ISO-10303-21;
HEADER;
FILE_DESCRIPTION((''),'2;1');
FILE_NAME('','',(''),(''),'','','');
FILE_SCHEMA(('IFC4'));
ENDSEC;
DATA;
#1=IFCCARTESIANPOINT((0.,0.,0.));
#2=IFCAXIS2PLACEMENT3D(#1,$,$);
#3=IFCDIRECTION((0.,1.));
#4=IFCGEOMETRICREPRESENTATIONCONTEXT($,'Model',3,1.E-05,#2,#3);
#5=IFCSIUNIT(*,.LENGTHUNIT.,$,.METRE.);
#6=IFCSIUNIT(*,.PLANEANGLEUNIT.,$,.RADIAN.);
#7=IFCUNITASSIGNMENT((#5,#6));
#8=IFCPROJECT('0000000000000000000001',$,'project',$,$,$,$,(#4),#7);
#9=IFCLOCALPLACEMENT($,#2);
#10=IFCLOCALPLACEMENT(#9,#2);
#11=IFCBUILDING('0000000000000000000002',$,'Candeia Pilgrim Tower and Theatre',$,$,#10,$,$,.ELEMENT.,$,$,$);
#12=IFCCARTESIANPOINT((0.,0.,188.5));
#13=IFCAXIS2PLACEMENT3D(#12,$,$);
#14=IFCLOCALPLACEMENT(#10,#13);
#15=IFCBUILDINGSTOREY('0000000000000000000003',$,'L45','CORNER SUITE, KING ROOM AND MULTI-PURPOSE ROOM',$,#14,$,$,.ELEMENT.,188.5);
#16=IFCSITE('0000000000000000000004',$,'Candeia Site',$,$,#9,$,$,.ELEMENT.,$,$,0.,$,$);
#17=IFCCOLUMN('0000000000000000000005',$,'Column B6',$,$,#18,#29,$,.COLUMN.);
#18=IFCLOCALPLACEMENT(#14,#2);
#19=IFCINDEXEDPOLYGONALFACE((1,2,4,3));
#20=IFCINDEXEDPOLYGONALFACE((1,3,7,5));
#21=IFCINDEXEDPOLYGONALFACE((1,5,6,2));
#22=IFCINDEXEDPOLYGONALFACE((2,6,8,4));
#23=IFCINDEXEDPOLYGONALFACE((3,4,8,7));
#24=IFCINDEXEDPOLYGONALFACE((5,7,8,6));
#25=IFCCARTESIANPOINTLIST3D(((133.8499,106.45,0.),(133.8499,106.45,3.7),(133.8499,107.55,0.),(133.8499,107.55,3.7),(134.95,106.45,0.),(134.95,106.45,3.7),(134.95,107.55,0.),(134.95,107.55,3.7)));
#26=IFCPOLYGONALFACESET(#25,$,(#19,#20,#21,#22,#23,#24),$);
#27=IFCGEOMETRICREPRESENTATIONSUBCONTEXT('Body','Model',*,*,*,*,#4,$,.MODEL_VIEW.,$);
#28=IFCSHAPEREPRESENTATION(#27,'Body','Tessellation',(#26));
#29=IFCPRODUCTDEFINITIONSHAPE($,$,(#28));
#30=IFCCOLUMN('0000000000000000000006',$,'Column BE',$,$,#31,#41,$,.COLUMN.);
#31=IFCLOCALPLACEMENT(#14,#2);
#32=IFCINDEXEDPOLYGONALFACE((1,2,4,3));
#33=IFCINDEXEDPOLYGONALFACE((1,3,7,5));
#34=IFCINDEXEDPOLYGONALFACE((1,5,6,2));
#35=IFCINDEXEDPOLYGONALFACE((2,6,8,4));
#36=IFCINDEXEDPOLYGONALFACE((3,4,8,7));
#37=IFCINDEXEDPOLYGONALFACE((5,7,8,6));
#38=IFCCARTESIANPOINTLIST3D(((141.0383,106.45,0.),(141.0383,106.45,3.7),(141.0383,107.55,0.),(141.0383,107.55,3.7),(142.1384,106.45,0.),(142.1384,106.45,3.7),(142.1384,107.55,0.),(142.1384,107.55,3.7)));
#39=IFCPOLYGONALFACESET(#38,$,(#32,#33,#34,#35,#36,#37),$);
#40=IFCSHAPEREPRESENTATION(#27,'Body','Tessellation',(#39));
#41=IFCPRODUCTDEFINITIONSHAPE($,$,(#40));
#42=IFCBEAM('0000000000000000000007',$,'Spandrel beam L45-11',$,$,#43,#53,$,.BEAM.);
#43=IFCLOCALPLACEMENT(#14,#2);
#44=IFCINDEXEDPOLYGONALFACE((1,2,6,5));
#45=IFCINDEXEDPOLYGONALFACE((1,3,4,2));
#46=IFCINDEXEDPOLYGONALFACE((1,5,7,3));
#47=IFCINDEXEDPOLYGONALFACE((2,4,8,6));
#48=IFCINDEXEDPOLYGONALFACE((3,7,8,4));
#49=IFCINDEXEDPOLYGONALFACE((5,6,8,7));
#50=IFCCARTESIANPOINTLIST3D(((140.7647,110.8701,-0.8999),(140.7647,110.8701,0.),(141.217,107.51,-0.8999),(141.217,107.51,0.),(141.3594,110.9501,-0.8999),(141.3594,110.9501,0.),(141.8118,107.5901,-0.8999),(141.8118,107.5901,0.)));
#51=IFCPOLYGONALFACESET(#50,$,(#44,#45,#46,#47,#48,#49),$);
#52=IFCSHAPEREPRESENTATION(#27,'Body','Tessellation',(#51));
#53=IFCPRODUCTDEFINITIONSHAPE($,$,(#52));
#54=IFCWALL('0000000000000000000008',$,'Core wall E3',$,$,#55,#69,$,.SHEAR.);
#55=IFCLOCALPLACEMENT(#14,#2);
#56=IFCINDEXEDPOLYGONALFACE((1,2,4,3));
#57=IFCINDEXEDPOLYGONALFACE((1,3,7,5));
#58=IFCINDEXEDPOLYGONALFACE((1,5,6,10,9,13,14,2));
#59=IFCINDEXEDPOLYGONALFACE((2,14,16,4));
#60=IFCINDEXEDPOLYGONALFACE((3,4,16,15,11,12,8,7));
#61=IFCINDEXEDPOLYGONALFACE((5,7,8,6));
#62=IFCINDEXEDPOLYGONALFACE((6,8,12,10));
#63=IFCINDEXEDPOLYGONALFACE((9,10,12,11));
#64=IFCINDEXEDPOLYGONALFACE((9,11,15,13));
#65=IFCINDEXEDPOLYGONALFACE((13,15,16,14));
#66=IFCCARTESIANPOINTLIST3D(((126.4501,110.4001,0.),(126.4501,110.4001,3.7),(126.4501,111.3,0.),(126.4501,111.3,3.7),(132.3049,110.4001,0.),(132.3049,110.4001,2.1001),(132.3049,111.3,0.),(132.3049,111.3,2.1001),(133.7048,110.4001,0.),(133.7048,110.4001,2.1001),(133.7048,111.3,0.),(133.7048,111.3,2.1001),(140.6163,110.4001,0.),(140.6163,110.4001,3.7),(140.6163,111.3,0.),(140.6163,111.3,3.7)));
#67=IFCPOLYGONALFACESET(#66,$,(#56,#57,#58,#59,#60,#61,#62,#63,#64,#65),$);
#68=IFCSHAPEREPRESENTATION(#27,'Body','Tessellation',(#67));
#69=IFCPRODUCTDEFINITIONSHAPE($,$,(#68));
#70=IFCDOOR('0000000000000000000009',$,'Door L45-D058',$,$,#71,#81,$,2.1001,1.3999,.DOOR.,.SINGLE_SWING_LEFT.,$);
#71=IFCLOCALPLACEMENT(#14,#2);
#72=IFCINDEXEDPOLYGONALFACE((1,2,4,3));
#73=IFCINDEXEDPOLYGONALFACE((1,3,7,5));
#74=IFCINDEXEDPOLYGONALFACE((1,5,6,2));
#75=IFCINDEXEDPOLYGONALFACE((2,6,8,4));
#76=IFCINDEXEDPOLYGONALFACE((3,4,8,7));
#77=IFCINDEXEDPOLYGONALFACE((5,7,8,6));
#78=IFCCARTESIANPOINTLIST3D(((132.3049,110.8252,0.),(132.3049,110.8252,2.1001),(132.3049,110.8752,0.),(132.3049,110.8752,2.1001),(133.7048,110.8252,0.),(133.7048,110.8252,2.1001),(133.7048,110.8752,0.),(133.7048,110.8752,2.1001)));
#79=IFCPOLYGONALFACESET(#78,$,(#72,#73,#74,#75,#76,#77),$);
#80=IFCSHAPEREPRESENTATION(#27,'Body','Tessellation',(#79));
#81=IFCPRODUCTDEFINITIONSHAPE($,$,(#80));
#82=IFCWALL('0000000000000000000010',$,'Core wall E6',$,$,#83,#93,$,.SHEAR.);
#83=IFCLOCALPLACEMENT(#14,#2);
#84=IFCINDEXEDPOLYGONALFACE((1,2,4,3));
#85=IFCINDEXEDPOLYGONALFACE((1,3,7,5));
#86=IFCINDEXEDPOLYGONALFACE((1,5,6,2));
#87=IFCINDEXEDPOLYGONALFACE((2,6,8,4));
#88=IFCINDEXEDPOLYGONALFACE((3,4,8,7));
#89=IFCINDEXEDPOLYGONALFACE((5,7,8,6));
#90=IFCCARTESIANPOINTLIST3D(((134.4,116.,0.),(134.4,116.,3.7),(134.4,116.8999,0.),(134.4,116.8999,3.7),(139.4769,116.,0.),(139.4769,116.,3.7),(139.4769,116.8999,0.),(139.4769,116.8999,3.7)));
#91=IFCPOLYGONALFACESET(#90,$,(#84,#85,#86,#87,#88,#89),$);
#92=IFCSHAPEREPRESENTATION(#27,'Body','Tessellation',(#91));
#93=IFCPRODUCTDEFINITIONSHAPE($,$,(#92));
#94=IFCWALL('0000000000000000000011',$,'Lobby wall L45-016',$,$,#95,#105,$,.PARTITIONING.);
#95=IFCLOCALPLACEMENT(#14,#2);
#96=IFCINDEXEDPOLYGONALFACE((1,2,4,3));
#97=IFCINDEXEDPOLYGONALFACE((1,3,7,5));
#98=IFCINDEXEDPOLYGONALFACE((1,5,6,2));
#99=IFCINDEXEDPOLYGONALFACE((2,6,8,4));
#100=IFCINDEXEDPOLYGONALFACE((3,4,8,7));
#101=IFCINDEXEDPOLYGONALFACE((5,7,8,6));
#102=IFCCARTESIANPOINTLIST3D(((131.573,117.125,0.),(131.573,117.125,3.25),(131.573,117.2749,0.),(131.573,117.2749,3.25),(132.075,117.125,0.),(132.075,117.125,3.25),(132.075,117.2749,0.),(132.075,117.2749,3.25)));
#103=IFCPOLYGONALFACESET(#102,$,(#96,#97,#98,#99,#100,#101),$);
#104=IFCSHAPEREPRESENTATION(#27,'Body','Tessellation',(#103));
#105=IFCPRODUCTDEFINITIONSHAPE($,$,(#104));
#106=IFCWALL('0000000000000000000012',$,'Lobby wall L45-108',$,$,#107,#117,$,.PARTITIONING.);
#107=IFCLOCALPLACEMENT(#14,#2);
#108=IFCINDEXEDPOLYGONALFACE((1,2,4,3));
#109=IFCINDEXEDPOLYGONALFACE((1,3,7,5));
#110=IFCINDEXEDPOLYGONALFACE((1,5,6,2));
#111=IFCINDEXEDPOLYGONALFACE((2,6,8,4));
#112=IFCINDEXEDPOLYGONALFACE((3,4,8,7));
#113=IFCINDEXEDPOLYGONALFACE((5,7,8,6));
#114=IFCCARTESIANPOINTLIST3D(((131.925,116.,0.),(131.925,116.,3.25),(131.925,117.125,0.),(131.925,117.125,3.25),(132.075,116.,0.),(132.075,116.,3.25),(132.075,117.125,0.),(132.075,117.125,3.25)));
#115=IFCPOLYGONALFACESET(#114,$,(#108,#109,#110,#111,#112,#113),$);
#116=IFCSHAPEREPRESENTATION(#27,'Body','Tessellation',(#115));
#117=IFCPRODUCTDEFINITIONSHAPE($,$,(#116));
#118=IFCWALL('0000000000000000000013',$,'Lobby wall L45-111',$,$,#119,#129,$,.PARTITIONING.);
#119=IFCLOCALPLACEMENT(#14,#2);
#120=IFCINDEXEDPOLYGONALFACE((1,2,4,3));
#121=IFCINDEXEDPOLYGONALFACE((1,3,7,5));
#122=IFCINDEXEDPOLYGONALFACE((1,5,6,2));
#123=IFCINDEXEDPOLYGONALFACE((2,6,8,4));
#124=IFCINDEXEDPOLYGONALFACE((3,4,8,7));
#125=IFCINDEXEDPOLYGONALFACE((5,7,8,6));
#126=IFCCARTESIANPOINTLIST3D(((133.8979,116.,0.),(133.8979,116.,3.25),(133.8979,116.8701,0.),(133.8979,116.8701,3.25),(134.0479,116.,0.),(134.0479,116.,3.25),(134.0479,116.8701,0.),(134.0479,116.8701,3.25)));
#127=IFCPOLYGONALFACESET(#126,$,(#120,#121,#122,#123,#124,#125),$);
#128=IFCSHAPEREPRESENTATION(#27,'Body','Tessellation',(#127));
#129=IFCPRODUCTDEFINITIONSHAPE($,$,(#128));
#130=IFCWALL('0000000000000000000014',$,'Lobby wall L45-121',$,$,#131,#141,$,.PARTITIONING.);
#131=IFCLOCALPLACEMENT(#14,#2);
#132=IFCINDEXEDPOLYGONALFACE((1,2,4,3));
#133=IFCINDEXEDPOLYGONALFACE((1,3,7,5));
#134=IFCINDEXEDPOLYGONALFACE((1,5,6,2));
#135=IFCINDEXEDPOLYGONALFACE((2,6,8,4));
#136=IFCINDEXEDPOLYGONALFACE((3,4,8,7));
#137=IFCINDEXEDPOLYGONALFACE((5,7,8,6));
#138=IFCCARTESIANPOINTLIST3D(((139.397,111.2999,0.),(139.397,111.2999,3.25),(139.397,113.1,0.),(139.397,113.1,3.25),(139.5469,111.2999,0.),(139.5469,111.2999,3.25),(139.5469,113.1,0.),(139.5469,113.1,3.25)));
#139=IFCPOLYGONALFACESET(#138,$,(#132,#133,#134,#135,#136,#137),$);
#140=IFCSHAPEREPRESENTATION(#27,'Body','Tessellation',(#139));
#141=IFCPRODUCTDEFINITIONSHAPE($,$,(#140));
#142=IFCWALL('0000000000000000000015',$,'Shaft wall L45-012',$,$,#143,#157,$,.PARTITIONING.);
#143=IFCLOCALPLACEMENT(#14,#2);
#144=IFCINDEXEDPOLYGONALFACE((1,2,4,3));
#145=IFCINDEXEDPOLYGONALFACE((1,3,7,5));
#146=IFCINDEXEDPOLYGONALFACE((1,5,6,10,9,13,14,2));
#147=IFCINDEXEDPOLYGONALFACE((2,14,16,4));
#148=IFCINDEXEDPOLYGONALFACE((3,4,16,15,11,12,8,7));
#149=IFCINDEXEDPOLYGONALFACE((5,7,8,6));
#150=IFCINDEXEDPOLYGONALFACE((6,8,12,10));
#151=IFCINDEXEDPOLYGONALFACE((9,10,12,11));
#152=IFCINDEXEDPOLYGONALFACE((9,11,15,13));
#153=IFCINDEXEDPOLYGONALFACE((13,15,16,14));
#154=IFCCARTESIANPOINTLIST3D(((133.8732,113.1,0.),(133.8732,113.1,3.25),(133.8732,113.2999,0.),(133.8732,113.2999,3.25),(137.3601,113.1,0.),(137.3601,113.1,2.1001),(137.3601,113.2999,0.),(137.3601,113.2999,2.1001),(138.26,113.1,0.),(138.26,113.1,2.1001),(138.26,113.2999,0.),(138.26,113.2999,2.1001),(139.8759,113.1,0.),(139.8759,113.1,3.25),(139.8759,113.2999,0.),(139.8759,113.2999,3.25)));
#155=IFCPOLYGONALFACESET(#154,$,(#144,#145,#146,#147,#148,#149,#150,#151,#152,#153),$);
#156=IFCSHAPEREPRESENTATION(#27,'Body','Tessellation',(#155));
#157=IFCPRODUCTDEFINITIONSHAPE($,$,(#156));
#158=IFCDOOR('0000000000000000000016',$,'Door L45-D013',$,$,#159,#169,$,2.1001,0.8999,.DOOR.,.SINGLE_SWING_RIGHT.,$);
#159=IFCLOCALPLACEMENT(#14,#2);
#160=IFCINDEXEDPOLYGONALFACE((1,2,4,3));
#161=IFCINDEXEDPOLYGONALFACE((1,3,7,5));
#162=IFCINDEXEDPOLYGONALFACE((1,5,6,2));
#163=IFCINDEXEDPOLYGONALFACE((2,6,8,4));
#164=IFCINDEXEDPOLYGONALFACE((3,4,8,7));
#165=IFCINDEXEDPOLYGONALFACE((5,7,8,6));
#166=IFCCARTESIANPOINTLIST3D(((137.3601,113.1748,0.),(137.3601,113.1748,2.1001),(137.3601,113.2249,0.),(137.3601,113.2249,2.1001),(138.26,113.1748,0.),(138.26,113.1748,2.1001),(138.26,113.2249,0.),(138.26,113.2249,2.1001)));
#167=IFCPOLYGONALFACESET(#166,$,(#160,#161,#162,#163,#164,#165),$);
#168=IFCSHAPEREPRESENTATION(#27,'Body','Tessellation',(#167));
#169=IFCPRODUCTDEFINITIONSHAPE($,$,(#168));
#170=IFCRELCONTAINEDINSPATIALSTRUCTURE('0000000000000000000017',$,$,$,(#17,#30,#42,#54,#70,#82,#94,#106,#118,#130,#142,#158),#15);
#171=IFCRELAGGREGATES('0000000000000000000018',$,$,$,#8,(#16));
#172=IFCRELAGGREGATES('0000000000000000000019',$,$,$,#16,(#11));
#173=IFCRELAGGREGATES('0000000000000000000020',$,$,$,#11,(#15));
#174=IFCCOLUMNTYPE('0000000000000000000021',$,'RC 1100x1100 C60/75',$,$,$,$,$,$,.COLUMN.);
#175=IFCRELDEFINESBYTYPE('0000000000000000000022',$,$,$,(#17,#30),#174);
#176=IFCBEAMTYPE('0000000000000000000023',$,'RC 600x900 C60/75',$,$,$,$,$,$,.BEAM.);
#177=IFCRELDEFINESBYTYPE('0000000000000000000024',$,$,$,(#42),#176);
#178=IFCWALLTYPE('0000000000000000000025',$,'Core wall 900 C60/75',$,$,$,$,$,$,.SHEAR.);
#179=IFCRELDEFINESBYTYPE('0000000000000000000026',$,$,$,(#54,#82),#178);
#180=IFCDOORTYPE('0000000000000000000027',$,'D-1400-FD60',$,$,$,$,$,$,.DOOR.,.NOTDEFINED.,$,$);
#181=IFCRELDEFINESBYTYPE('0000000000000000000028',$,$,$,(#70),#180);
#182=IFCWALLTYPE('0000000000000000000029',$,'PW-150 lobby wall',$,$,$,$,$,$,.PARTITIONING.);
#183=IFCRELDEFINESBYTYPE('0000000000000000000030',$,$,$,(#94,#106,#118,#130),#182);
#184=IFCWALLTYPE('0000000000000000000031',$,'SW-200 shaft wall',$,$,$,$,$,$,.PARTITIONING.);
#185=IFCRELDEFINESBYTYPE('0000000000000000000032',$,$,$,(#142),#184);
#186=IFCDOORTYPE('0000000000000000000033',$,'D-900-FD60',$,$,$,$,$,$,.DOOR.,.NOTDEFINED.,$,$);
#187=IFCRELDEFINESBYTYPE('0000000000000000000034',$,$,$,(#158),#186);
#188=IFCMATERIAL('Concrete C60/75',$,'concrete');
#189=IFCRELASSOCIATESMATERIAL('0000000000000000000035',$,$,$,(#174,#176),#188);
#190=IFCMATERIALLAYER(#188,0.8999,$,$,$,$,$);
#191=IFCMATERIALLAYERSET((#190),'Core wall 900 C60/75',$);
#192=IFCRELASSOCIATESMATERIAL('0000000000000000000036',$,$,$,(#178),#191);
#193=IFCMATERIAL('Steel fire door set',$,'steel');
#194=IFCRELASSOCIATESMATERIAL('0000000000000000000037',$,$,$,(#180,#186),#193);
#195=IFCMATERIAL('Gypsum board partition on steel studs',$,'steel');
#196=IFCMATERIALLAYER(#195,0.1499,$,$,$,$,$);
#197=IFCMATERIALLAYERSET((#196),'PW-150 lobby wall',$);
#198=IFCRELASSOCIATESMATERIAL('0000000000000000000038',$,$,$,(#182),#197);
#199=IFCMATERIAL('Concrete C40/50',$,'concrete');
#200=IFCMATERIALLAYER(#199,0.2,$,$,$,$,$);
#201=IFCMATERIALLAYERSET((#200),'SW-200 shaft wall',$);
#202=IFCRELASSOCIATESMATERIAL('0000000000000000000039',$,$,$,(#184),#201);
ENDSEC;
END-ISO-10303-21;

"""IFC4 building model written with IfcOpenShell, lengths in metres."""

from ifc_helpers import new_model, si_unit, direction, frame, frame_2d, origin, origin_2d, place, context, subcontext, project, spatial, rectangle, extrude, material, layer, layer_set, material_profile, profile_set, type_object, element, fill, save


model = new_model("IFC4")

# Units and contexts
model_context = context("Model", 3, precision=1e-05, world=origin(), true_north=direction((0.0, 1.0)))
body_context = subcontext(model_context, "Body", "Model", "MODEL_VIEW")
ifc_project = project(units=[si_unit("LENGTHUNIT", "METRE"), si_unit("PLANEANGLEUNIT", "RADIAN")], contexts=[model_context])

# Site, building, storey
site_placement = place(None, origin())
site = spatial("IfcSite", under=ifc_project, at=site_placement, Name="Candeia Site", CompositionType="ELEMENT", RefElevation=0.0)
building_placement = place(site_placement, origin())
building = spatial("IfcBuilding", under=site, at=building_placement, Name="Candeia Pilgrim Tower and Theatre", CompositionType="ELEMENT")
storey_placement = place(building_placement, frame((0.0, 0.0, 188.5)))
storey = spatial("IfcBuildingStorey", under=building, at=storey_placement, Name="L45", Description="CORNER SUITE, KING ROOM AND MULTI-PURPOSE ROOM", CompositionType="ELEMENT", Elevation=188.5)

# Columns
ifc_material_1 = material(Name="Concrete C60/75", Category="concrete")
ifc_material_profile_1 = material_profile(ifc_material_1, rectangle(XDim=1.1001, YDim=1.1001, at=origin_2d()))
ifc_profile_set_1 = profile_set([ifc_material_profile_1], Name="Concrete C60/75")
column_type = type_object("IfcColumnType", Name="RC 1100x1100 C60/75", PredefinedType="COLUMN", material=ifc_profile_set_1)
for number, where, z_axis, x_axis, name in (
    (1, (134.3999, 107.0, 0.0), (0.0, 0.0, 1.0), (1.0, 0.0, 0.0), "Column B6"),
    (2, (141.5884, 107.0, 0.0), (0.0, 0.0, 1.0), (1.0, 0.0, 0.0), "Column BE"),
):
    element("IfcColumn", number, at=place(storey_placement, frame(where, z_axis=z_axis, x_axis=x_axis)), inside=storey, type_object=column_type, Name=name, PredefinedType="COLUMN", context=body_context, shape_type="SweptSolid", body=[
        extrude(rectangle(XDim=1.1001, YDim=1.1001, at=origin_2d()), origin(), (0.0, 0.0, 1.0), 3.7),
    ])

# Beam
ifc_material_profile_2 = material_profile(ifc_material_1, rectangle(XDim=0.6001, YDim=0.8999, at=origin_2d()))
ifc_profile_set_2 = profile_set([ifc_material_profile_2], Name="Concrete C60/75")
beam_type = type_object("IfcBeamType", Name="RC 600x900 C60/75", PredefinedType="BEAM", material=ifc_profile_set_2)
beam_placement = place(storey_placement, frame((141.5144, 107.55, -0.45), z_axis=(-0.133432, 0.991058, 0.0), x_axis=(-0.991058, -0.133432, 0.0)))
element("IfcBeam", 3, at=beam_placement, inside=storey, type_object=beam_type, Name="Spandrel beam L45-11", PredefinedType="BEAM", context=body_context, shape_type="SweptSolid", body=[
    extrude(rectangle(XDim=0.6001, YDim=0.8999, at=origin_2d()), origin(), (0.0, 0.0, 1.0), 3.3904),
])

# Wall, opening, door
ifc_layer_1 = layer(ifc_material_1, 0.8999)
ifc_layer_set_1 = layer_set([ifc_layer_1], Name="Core wall 900 C60/75")
wall_type_1 = type_object("IfcWallType", Name="Core wall 900 C60/75", PredefinedType="SHEAR", material=ifc_layer_set_1)
wall_1_placement = place(storey_placement, frame((140.6162, 110.8501, 0.0), z_axis=(0.0, 0.0, 1.0), x_axis=(-1.0, 0.0, 0.0)))
wall_1 = element("IfcWall", 4, at=wall_1_placement, inside=storey, type_object=wall_type_1, Name="Core wall E3", PredefinedType="SHEAR", context=body_context, shape_type="SweptSolid", body=[
    extrude(rectangle(XDim=14.1663, YDim=0.8999, at=frame_2d((7.083, 0.0))), origin(), (0.0, 0.0, 1.0), 3.7),
])
opening_1_placement = place(wall_1_placement, frame((6.9114, 0.0, 0.0)))
opening_1 = element("IfcOpeningElement", 5, at=opening_1_placement, cuts=wall_1, PredefinedType="OPENING", context=body_context, shape_type="SweptSolid", body=[
    extrude(rectangle(XDim=1.3999, YDim=2.1001, at=frame_2d((0.7, 1.05))), frame((0.0, 0.46, 0.0), z_axis=(0.0, -1.0, 0.0), x_axis=(1.0, 0.0, 0.0)), (0.0, 0.0, 1.0), 0.9199),
])
ifc_material_2 = material(Name="Steel fire door set", Category="steel")
door_type_1 = type_object("IfcDoorType", Name="D-1400-FD60", OperationType="NOTDEFINED", PredefinedType="DOOR", material=ifc_material_2)
door_1_placement = place(opening_1_placement, origin())
door_1 = element("IfcDoor", 6, at=door_1_placement, inside=storey, type_object=door_type_1, Name="Door L45-D058", OperationType="SINGLE_SWING_LEFT", OverallHeight=2.1001, OverallWidth=1.3999, PredefinedType="DOOR", context=body_context, shape_type="SweptSolid", body=[
    extrude(rectangle(XDim=1.3999, YDim=2.1001, at=frame_2d((0.7, 1.05))), frame((0.0, 0.0249, 0.0), z_axis=(0.0, -1.0, 0.0), x_axis=(1.0, 0.0, 0.0)), (0.0, 0.0, 1.0), 0.05),
])
fill(opening_1, door_1)

# Walls
wall_2_placement = place(storey_placement, frame((134.3999, 116.45, 0.0), z_axis=(0.0, 0.0, 1.0), x_axis=(1.0, 0.0, 0.0)))
element("IfcWall", 7, at=wall_2_placement, inside=storey, type_object=wall_type_1, Name="Core wall E6", PredefinedType="SHEAR", context=body_context, shape_type="SweptSolid", body=[
    extrude(rectangle(XDim=5.0769, YDim=0.8999, at=frame_2d((2.5386, 0.0))), origin(), (0.0, 0.0, 1.0), 3.7),
])
ifc_material_3 = material(Name="Gypsum board partition on steel studs", Category="steel")
ifc_layer_2 = layer(ifc_material_3, 0.1499)
ifc_layer_set_2 = layer_set([ifc_layer_2], Name="PW-150 lobby wall")
wall_type_2 = type_object("IfcWallType", Name="PW-150 lobby wall", PredefinedType="PARTITIONING", material=ifc_layer_set_2)
wall_3_placement = place(storey_placement, frame((131.573, 117.2, 0.0), z_axis=(0.0, 0.0, 1.0), x_axis=(1.0, 0.0, 0.0)))
element("IfcWall", 8, at=wall_3_placement, inside=storey, type_object=wall_type_2, Name="Lobby wall L45-016", PredefinedType="PARTITIONING", context=body_context, shape_type="SweptSolid", body=[
    extrude(rectangle(XDim=0.502, YDim=0.1499, at=frame_2d((0.251, 0.0))), origin(), (0.0, 0.0, 1.0), 3.25),
])
wall_4_placement = place(storey_placement, frame((132.0, 116.0, 0.0), z_axis=(0.0, 0.0, 1.0), x_axis=(0.0, 1.0, 0.0)))
element("IfcWall", 9, at=wall_4_placement, inside=storey, type_object=wall_type_2, Name="Lobby wall L45-108", PredefinedType="PARTITIONING", context=body_context, shape_type="SweptSolid", body=[
    extrude(rectangle(XDim=1.125, YDim=0.1499, at=frame_2d((0.5625, 0.0))), origin(), (0.0, 0.0, 1.0), 3.25),
])
wall_5_placement = place(storey_placement, frame((133.9729, 116.0, 0.0), z_axis=(0.0, 0.0, 1.0), x_axis=(0.0, 1.0, 0.0)))
element("IfcWall", 10, at=wall_5_placement, inside=storey, type_object=wall_type_2, Name="Lobby wall L45-111", PredefinedType="PARTITIONING", context=body_context, shape_type="SweptSolid", body=[
    extrude(rectangle(XDim=0.8701, YDim=0.1499, at=frame_2d((0.4351, 0.0))), origin(), (0.0, 0.0, 1.0), 3.25),
])
wall_6_placement = place(storey_placement, frame((139.4719, 111.3, 0.0), z_axis=(0.0, 0.0, 1.0), x_axis=(0.0, 1.0, 0.0)))
element("IfcWall", 11, at=wall_6_placement, inside=storey, type_object=wall_type_2, Name="Lobby wall L45-121", PredefinedType="PARTITIONING", context=body_context, shape_type="SweptSolid", body=[
    extrude(rectangle(XDim=1.8, YDim=0.1499, at=frame_2d((0.8999, 0.0))), origin(), (0.0, 0.0, 1.0), 3.25),
])

# Wall, opening, door
ifc_material_4 = material(Name="Concrete C40/50", Category="concrete")
ifc_layer_3 = layer(ifc_material_4, 0.2)
ifc_layer_set_3 = layer_set([ifc_layer_3], Name="SW-200 shaft wall")
wall_type_3 = type_object("IfcWallType", Name="SW-200 shaft wall", PredefinedType="PARTITIONING", material=ifc_layer_set_3)
wall_7_placement = place(storey_placement, frame((133.873, 113.2, 0.0), z_axis=(0.0, 0.0, 1.0), x_axis=(1.0, 0.0, 0.0)))
wall_7 = element("IfcWall", 12, at=wall_7_placement, inside=storey, type_object=wall_type_3, Name="Shaft wall L45-012", PredefinedType="PARTITIONING", context=body_context, shape_type="SweptSolid", body=[
    extrude(rectangle(XDim=6.0027, YDim=0.2, at=frame_2d((3.0015, 0.0))), origin(), (0.0, 0.0, 1.0), 3.25),
])
opening_2_placement = place(wall_7_placement, frame((3.4871, 0.0, 0.0)))
opening_2 = element("IfcOpeningElement", 13, at=opening_2_placement, cuts=wall_7, PredefinedType="OPENING", context=body_context, shape_type="SweptSolid", body=[
    extrude(rectangle(XDim=0.8999, YDim=2.1001, at=frame_2d((0.45, 1.05))), frame((0.0, 0.1099, 0.0), z_axis=(0.0, -1.0, 0.0), x_axis=(1.0, 0.0, 0.0)), (0.0, 0.0, 1.0), 0.22),
])
door_type_2 = type_object("IfcDoorType", Name="D-900-FD60", OperationType="NOTDEFINED", PredefinedType="DOOR", material=ifc_material_2)
door_2_placement = place(opening_2_placement, origin())
door_2 = element("IfcDoor", 14, at=door_2_placement, inside=storey, type_object=door_type_2, Name="Door L45-D013", OperationType="SINGLE_SWING_RIGHT", OverallHeight=2.1001, OverallWidth=0.8999, PredefinedType="DOOR", context=body_context, shape_type="SweptSolid", body=[
    extrude(rectangle(XDim=0.8999, YDim=2.1001, at=frame_2d((0.45, 1.05))), frame((0.0, 0.0249, 0.0), z_axis=(0.0, -1.0, 0.0), x_axis=(1.0, 0.0, 0.0)), (0.0, 0.0, 1.0), 0.05),
])
fill(opening_2, door_2)

save(model, "model.ifc")
